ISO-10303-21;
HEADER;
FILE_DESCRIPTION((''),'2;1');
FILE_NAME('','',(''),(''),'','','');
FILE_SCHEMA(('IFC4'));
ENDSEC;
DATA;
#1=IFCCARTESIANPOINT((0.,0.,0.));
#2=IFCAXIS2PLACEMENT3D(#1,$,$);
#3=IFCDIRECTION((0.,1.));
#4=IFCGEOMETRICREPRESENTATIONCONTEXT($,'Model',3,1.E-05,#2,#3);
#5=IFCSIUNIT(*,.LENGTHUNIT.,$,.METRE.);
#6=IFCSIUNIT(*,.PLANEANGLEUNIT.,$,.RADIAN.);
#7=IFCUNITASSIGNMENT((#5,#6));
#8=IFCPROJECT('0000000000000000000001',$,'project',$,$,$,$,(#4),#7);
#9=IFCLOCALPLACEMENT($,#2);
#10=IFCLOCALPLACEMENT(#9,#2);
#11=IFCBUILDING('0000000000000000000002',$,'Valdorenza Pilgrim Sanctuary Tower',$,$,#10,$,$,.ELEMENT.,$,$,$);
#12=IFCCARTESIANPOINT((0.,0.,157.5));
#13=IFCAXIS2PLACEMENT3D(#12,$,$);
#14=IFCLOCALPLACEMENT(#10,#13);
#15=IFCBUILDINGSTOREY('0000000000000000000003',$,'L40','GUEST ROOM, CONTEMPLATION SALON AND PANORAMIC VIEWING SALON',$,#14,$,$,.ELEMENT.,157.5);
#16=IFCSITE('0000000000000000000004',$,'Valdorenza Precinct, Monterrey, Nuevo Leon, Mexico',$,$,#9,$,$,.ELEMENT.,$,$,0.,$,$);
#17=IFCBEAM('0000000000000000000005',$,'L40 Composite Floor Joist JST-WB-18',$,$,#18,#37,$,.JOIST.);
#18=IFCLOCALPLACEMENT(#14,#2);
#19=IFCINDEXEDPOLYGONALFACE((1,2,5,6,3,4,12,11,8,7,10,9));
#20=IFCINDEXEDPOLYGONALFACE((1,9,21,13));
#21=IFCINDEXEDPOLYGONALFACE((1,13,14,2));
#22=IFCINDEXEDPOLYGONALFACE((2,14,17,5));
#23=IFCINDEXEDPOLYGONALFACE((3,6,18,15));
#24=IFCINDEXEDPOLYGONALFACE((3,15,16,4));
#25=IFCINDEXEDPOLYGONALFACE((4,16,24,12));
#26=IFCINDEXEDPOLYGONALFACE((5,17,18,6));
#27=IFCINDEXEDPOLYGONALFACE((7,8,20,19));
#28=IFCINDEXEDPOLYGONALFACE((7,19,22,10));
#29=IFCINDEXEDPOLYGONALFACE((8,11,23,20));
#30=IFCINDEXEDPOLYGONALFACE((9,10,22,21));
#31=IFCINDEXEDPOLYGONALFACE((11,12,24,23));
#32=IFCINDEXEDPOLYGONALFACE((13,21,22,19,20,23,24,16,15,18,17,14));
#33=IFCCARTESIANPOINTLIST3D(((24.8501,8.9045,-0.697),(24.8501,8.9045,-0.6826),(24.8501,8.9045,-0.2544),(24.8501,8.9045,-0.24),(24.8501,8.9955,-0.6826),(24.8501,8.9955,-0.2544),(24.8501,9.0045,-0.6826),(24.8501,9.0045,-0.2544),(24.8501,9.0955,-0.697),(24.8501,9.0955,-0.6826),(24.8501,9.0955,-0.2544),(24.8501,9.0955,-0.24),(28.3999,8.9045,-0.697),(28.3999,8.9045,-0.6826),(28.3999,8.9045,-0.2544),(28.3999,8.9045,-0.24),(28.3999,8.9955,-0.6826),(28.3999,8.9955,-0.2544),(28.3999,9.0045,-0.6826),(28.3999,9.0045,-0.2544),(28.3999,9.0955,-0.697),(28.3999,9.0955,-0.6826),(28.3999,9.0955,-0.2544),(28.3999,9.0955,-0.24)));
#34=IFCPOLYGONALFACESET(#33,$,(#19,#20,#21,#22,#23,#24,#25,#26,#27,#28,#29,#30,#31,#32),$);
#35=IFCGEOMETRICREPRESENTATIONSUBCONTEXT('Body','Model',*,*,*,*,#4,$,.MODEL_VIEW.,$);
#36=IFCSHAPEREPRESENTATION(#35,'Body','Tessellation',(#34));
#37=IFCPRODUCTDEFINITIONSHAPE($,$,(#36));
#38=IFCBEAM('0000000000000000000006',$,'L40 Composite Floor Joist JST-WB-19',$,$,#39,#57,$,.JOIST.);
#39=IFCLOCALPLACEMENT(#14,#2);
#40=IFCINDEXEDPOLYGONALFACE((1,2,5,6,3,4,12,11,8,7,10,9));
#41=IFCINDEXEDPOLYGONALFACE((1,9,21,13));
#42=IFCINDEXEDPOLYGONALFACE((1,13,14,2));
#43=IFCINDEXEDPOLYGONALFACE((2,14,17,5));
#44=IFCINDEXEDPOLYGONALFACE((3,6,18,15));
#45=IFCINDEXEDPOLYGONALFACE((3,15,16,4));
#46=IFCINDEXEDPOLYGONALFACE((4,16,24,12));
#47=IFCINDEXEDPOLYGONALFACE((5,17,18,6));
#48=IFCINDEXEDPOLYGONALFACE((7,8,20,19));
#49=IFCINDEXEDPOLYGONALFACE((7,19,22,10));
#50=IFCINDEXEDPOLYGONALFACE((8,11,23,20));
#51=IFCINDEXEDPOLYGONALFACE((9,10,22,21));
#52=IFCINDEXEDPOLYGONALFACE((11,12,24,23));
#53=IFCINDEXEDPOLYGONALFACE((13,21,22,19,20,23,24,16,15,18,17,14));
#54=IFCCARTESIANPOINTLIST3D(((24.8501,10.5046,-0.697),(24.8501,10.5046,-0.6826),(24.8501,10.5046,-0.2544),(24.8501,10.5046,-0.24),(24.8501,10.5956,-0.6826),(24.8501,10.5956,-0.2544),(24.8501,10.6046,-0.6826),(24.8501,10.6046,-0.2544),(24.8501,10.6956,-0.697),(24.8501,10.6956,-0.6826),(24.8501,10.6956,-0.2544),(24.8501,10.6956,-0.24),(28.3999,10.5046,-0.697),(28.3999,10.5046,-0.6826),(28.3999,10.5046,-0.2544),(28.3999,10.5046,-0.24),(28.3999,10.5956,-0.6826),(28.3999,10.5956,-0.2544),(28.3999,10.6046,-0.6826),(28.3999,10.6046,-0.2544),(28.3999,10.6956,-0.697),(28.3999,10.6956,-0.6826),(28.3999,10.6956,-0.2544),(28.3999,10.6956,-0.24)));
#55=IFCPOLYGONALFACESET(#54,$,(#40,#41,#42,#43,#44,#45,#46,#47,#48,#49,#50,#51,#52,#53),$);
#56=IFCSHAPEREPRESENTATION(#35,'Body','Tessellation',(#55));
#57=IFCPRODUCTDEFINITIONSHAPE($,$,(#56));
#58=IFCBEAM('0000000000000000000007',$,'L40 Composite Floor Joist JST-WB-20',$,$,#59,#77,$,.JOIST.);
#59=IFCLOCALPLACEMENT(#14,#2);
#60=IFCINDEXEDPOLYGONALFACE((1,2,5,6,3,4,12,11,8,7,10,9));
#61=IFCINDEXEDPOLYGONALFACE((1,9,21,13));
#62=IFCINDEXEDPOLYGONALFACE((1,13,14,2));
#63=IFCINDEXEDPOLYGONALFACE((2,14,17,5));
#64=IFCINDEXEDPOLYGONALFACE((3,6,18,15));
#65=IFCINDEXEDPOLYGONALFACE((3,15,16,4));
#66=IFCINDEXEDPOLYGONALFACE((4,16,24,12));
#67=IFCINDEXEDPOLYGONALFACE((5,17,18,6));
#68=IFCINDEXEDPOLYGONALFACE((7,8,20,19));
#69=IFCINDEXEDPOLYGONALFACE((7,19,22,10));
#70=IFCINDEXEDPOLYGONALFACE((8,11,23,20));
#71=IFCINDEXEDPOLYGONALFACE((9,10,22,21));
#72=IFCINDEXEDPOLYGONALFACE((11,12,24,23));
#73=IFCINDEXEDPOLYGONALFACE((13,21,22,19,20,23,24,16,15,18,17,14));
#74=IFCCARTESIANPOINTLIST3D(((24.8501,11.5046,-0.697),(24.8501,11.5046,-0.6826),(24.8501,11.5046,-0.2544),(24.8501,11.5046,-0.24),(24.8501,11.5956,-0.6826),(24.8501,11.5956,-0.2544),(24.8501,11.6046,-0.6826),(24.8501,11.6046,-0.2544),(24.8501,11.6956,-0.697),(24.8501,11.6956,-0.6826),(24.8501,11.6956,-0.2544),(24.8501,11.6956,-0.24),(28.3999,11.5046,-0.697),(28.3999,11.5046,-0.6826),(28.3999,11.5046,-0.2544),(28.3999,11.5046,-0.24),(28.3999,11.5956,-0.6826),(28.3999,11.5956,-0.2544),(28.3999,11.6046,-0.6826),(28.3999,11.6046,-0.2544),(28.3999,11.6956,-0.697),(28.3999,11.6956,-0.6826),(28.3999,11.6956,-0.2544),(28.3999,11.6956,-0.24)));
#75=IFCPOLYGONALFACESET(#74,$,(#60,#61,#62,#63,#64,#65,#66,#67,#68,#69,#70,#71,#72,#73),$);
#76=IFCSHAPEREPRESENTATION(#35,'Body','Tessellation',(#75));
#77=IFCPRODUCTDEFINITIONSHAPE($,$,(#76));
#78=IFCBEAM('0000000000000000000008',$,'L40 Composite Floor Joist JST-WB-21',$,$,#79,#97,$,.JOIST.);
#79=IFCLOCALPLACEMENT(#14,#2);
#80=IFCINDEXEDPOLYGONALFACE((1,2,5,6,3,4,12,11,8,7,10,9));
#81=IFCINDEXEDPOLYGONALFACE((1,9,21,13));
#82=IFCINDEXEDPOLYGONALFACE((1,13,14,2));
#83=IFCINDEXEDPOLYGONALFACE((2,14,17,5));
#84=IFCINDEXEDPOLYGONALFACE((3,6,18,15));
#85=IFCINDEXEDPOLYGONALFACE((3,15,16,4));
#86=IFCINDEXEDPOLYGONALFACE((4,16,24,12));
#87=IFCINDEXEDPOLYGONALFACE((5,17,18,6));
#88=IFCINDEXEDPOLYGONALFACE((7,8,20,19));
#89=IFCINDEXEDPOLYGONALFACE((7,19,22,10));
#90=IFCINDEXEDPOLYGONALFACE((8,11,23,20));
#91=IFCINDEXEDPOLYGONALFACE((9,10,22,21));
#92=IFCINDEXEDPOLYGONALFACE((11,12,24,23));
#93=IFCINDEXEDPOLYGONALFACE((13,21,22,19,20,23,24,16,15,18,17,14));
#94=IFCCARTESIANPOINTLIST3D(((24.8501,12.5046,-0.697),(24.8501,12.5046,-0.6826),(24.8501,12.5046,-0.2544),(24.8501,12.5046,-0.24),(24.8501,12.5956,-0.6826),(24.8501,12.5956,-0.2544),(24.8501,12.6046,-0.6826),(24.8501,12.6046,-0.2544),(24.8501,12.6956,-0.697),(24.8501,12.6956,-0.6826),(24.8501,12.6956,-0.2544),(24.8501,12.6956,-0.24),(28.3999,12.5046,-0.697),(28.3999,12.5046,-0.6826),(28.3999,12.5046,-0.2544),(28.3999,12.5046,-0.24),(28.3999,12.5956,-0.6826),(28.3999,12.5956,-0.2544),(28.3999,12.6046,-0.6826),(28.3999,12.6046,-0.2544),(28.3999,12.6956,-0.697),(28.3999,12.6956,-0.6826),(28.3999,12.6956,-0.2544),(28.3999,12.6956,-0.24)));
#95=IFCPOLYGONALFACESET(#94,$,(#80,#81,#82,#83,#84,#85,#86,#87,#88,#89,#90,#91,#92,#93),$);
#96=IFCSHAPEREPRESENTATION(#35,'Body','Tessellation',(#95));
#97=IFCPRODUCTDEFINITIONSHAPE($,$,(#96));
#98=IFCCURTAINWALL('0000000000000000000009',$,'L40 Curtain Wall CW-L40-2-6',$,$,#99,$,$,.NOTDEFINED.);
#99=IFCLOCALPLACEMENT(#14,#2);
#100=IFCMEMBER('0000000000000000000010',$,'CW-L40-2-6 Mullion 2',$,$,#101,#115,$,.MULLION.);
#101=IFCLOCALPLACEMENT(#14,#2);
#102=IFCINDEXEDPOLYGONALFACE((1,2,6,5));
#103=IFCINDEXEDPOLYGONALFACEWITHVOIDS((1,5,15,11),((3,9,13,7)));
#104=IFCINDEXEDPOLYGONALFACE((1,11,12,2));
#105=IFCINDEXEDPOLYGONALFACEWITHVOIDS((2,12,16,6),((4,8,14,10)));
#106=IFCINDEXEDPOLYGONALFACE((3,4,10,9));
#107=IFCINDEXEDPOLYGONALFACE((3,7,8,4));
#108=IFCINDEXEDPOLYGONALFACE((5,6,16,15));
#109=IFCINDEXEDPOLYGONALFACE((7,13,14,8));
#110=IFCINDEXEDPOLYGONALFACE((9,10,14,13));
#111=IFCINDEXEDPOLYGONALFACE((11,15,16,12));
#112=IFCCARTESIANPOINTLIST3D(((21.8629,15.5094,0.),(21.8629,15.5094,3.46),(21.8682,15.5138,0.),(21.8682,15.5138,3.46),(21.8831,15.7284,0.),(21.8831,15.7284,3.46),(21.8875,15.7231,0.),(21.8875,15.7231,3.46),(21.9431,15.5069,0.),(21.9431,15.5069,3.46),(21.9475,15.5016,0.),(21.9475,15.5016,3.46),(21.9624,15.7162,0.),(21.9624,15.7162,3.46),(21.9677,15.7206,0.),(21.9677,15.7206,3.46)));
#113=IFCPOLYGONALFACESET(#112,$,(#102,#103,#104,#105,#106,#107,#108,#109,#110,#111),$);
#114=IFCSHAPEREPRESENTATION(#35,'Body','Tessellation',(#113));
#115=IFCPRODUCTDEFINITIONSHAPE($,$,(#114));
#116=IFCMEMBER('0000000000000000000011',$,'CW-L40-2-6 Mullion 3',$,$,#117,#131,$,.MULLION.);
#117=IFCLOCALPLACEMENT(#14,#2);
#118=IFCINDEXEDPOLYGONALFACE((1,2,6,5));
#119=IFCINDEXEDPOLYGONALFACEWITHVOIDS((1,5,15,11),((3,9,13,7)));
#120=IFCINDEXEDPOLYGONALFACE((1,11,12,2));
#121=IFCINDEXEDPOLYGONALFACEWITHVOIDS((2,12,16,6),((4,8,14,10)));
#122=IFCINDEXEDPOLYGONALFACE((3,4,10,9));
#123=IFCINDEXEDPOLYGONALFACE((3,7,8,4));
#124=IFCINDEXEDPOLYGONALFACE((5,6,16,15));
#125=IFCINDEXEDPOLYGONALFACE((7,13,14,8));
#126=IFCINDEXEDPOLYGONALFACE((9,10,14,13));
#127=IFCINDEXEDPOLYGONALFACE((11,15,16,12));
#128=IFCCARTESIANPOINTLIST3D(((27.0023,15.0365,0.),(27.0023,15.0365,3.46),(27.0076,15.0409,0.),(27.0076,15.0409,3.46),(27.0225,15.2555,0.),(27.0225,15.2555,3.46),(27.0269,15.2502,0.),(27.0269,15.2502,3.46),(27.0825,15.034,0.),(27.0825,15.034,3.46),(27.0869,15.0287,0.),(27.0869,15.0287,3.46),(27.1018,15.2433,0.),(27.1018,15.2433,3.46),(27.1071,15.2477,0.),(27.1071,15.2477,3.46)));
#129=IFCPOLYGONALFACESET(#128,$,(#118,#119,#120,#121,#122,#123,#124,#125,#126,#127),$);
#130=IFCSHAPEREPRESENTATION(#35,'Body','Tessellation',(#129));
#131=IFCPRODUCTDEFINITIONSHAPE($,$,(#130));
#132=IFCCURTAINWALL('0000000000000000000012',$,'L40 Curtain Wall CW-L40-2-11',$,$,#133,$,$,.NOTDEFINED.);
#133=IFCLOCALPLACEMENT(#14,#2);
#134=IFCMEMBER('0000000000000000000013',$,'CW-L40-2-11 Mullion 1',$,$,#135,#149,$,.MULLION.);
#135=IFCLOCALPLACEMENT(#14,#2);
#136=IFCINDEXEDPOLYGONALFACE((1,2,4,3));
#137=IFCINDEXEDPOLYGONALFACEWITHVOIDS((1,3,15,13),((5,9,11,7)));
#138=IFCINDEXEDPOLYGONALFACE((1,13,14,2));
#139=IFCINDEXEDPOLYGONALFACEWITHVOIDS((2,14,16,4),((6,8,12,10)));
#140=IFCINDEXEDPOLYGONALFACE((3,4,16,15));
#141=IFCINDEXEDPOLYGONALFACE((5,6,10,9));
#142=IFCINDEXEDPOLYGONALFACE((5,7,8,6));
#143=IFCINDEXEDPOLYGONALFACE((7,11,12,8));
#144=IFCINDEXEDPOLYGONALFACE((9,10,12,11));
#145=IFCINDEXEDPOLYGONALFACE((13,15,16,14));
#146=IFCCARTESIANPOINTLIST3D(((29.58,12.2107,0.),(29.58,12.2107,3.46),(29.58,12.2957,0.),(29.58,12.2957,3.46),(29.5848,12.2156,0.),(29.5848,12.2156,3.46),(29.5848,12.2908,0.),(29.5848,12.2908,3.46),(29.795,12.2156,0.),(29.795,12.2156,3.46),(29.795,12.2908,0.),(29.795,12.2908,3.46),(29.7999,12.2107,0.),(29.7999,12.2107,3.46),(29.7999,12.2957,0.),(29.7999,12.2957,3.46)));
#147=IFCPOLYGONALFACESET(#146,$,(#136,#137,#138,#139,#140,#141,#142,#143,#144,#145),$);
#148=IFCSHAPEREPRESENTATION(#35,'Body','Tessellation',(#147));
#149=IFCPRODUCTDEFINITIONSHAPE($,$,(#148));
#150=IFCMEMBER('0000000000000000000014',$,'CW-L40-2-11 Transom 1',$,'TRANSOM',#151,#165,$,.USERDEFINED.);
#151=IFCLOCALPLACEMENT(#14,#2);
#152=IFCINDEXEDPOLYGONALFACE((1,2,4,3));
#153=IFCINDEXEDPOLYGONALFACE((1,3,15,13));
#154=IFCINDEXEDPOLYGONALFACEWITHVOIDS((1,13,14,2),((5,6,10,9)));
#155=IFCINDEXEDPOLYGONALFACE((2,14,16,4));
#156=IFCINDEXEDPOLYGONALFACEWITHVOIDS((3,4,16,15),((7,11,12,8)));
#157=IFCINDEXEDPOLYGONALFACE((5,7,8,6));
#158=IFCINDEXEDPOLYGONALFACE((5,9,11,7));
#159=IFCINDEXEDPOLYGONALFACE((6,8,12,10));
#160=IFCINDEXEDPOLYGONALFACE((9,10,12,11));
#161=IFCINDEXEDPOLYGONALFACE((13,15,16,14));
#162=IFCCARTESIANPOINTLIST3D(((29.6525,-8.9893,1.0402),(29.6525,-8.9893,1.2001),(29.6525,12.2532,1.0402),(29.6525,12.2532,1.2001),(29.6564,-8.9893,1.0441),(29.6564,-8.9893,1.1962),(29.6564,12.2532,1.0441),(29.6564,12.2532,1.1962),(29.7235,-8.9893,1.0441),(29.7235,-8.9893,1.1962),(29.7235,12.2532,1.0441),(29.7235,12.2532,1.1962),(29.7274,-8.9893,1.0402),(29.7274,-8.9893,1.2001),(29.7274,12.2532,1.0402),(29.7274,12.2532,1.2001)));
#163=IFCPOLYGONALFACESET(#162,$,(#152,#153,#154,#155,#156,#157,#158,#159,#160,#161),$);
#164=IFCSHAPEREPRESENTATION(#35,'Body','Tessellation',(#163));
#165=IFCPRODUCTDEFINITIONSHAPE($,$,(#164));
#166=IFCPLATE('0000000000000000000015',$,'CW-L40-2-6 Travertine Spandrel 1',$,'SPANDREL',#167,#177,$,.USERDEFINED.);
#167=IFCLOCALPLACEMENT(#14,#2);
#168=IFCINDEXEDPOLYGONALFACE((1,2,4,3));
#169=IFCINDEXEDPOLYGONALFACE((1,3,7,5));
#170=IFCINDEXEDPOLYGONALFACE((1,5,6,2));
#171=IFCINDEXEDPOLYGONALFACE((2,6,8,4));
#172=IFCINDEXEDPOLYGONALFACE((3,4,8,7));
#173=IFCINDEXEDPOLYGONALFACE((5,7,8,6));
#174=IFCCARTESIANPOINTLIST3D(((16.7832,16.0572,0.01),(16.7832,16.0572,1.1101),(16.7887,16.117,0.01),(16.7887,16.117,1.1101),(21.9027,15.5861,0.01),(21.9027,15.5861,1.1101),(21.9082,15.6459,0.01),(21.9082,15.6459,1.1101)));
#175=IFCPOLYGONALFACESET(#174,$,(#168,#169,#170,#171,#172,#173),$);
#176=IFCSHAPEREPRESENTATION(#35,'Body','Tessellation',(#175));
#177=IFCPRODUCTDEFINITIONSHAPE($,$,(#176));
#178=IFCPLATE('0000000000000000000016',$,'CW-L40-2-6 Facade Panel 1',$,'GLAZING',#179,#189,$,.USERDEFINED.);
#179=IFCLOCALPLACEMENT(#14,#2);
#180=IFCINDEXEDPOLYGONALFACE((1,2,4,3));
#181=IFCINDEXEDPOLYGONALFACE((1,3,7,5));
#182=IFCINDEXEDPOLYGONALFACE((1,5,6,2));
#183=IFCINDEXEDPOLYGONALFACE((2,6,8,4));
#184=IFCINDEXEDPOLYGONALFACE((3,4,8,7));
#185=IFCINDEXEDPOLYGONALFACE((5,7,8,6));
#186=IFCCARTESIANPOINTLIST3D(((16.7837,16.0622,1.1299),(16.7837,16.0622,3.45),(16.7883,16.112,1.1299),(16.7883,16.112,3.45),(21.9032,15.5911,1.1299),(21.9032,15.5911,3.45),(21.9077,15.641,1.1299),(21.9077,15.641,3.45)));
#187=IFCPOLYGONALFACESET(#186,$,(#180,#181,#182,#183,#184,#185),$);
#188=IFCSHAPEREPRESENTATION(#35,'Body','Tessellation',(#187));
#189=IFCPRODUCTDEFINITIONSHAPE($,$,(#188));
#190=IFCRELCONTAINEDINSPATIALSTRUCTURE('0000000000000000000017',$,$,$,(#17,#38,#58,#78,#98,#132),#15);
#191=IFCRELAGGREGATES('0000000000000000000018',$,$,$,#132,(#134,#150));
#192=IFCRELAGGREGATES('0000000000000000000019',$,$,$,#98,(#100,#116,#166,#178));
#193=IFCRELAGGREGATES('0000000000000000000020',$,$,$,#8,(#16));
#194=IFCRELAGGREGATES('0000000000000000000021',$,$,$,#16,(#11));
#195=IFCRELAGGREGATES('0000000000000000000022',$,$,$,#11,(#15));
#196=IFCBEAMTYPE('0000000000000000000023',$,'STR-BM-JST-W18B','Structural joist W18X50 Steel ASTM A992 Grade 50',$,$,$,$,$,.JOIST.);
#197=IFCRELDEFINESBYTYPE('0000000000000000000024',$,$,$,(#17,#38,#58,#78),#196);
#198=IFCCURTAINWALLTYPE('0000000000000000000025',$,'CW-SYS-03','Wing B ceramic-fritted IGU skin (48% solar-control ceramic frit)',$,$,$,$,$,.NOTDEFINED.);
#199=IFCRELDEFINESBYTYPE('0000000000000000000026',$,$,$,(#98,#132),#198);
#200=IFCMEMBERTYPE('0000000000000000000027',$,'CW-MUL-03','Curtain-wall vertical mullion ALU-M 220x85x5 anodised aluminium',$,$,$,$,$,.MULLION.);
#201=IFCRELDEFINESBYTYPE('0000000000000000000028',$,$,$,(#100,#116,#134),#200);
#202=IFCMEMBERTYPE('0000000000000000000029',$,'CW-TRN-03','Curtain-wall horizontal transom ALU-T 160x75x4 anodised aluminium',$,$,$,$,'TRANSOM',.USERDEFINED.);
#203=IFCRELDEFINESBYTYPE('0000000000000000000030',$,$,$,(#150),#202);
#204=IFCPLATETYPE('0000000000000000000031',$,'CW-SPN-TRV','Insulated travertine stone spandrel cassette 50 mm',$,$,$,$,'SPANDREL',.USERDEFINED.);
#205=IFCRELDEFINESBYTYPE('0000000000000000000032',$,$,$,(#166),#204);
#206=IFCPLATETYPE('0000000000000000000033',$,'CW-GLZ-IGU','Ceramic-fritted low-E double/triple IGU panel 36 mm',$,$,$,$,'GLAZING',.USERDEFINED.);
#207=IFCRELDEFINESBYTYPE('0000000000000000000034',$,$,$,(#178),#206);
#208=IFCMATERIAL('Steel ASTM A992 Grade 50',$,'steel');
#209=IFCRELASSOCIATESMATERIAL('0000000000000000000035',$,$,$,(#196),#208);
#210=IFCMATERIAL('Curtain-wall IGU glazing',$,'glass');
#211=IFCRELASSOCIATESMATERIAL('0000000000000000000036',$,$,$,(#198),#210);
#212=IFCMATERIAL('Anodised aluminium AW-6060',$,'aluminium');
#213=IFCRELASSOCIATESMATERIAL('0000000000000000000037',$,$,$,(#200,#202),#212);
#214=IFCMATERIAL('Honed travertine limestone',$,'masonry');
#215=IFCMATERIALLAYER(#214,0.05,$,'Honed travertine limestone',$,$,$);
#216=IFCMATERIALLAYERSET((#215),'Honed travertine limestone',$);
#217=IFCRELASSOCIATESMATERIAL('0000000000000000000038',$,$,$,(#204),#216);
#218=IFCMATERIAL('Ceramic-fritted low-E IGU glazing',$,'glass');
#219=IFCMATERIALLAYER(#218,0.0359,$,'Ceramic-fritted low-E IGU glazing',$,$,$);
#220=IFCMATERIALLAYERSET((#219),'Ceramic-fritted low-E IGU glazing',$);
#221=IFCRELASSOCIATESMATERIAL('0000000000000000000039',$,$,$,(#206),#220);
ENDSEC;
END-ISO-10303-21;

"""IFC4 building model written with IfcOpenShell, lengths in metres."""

from ifc_helpers import new_model, si_unit, direction, frame, origin, origin_2d, place, context, subcontext, project, spatial, rectangle, hollow_rectangle, i_section, extrude, source, transform, mapped, material, layer, layer_set, material_profile, profile_set, type_object, element, aggregate, save


model = new_model("IFC4")

# Units and contexts
model_context = context("Model", 3, precision=1e-05, world=origin(), true_north=direction((0.0, 1.0)))
body_context = subcontext(model_context, "Body", "Model", "MODEL_VIEW")
ifc_project = project(units=[si_unit("LENGTHUNIT", "METRE"), si_unit("PLANEANGLEUNIT", "RADIAN")], contexts=[model_context])

# Site, building, storey
site_placement = place(None, origin())
site = spatial("IfcSite", under=ifc_project, at=site_placement, Name="Valdorenza Precinct, Monterrey, Nuevo Leon, Mexico", CompositionType="ELEMENT", RefElevation=0.0)
building_placement = place(site_placement, origin())
building = spatial("IfcBuilding", under=site, at=building_placement, Name="Valdorenza Pilgrim Sanctuary Tower", CompositionType="ELEMENT")
storey_placement = place(building_placement, frame((0.0, 0.0, 157.5)))
storey = spatial("IfcBuildingStorey", under=building, at=storey_placement, Name="L40", Description="GUEST ROOM, CONTEMPLATION SALON AND PANORAMIC VIEWING SALON", CompositionType="ELEMENT", Elevation=157.5)

# Shared definitions
ifc_material_1 = material(Name="Steel ASTM A992 Grade 50", Category="steel")

# Beams
ifc_material_profile_1 = material_profile(ifc_material_1, i_section(OverallWidth=0.1909, OverallDepth=0.457, WebThickness=0.009, FlangeThickness=0.0144, at=origin_2d()), Name="W18X50")
ifc_profile_set_1 = profile_set([ifc_material_profile_1], Name="Steel ASTM A992 Grade 50")
beam_type_1 = type_object("IfcBeamType", Name="STR-BM-JST-W18B", Description="Structural joist W18X50 Steel ASTM A992 Grade 50", PredefinedType="JOIST", material=ifc_profile_set_1)
shared_shape_1 = source(origin(), body_context, "Body", "SweptSolid", [
    extrude(i_section(OverallWidth=0.1909, OverallDepth=0.457, WebThickness=0.009, FlangeThickness=0.0144, at=origin_2d()), origin(), (0.0, 0.0, 1.0), 3.5498),
])
for number, where, z_axis, x_axis, name in (
    (1, (24.8501, 9.0, -0.4685), (1.0, 0.0, 0.0), (0.0, 1.0, 0.0), "L40 Composite Floor Joist JST-WB-18"),
    (2, (24.8501, 10.6001, -0.4685), (1.0, 0.0, 0.0), (0.0, 1.0, 0.0), "L40 Composite Floor Joist JST-WB-19"),
    (3, (24.8501, 11.6001, -0.4685), (1.0, 0.0, 0.0), (0.0, 1.0, 0.0), "L40 Composite Floor Joist JST-WB-20"),
    (4, (24.8501, 12.6001, -0.4685), (1.0, 0.0, 0.0), (0.0, 1.0, 0.0), "L40 Composite Floor Joist JST-WB-21"),
):
    element("IfcBeam", number, at=place(storey_placement, frame(where, z_axis=z_axis, x_axis=x_axis)), inside=storey, type_object=beam_type_1, Name=name, PredefinedType="JOIST", context=body_context, shape_type="MappedRepresentation", body=[
        mapped(shared_shape_1, transform((0.0, 0.0, 0.0), x_axis=(1.0, 0.0, 0.0), y_axis=(0.0, 1.0, 0.0), z_axis=(0.0, 0.0, 1.0), scale=1.0)),
    ])

# Curtain walls, members
ifc_material_2 = material(Name="Curtain-wall IGU glazing", Category="glass")
curtain_wall_type = type_object("IfcCurtainWallType", Name="CW-SYS-03", Description="Wing B ceramic-fritted IGU skin (48% solar-control ceramic frit)", PredefinedType="NOTDEFINED", material=ifc_material_2)
curtain_wall_1_placement = place(storey_placement, origin())
curtain_wall_1 = element("IfcCurtainWall", 5, at=curtain_wall_1_placement, inside=storey, type_object=curtain_wall_type, Name="L40 Curtain Wall CW-L40-2-6", PredefinedType="NOTDEFINED")
ifc_material_3 = material(Name="Anodised aluminium AW-6060", Category="aluminium")
ifc_material_profile_2 = material_profile(ifc_material_3, hollow_rectangle(XDim=0.085, YDim=0.22, WallThickness=0.0049, at=origin_2d()), Name="ALU-M 220x85x5")
ifc_profile_set_2 = profile_set([ifc_material_profile_2], Name="Anodised aluminium AW-6060")
member_type_1 = type_object("IfcMemberType", Name="CW-MUL-03", Description="Curtain-wall vertical mullion ALU-M 220x85x5 anodised aluminium", PredefinedType="MULLION", material=ifc_profile_set_2)
shared_shape_2 = source(origin(), body_context, "Body", "SweptSolid", [
    extrude(hollow_rectangle(XDim=0.085, YDim=0.22, WallThickness=0.0049, at=origin_2d()), origin(), (0.0, 0.0, 1.0), 3.46),
])
member_1_placement = place(storey_placement, frame((21.9153, 15.615, 0.0), z_axis=(0.0, 0.0, 1.0), x_axis=(0.995794, -0.091623, 0.0)))
member_1 = element("IfcMember", 6, at=member_1_placement, type_object=member_type_1, Name="CW-L40-2-6 Mullion 2", PredefinedType="MULLION", context=body_context, shape_type="MappedRepresentation", body=[
    mapped(shared_shape_2, transform((0.0, 0.0, 0.0), x_axis=(1.0, 0.0, 0.0), y_axis=(0.0, 1.0, 0.0), z_axis=(0.0, 0.0, 1.0), scale=1.0)),
])
member_2_placement = place(storey_placement, frame((27.0547, 15.1421, 0.0), z_axis=(0.0, 0.0, 1.0), x_axis=(0.995794, -0.091623, 0.0)))
member_2 = element("IfcMember", 7, at=member_2_placement, type_object=member_type_1, Name="CW-L40-2-6 Mullion 3", PredefinedType="MULLION", context=body_context, shape_type="MappedRepresentation", body=[
    mapped(shared_shape_2, transform((0.0, 0.0, 0.0), x_axis=(1.0, 0.0, 0.0), y_axis=(0.0, 1.0, 0.0), z_axis=(0.0, 0.0, 1.0), scale=1.0)),
])
curtain_wall_2_placement = place(storey_placement, origin())
curtain_wall_2 = element("IfcCurtainWall", 8, at=curtain_wall_2_placement, inside=storey, type_object=curtain_wall_type, Name="L40 Curtain Wall CW-L40-2-11", PredefinedType="NOTDEFINED")
member_3_placement = place(storey_placement, frame((29.6899, 12.2532, 0.0), z_axis=(0.0, 0.0, 1.0), x_axis=(0.0, -1.0, 0.0)))
member_3 = element("IfcMember", 9, at=member_3_placement, type_object=member_type_1, Name="CW-L40-2-11 Mullion 1", PredefinedType="MULLION", context=body_context, shape_type="MappedRepresentation", body=[
    mapped(shared_shape_2, transform((0.0, 0.0, 0.0), x_axis=(1.0, 0.0, 0.0), y_axis=(0.0, 1.0, 0.0), z_axis=(0.0, 0.0, 1.0), scale=1.0)),
])
ifc_material_profile_3 = material_profile(ifc_material_3, hollow_rectangle(XDim=0.075, YDim=0.1599, WallThickness=0.0039, at=origin_2d()), Name="ALU-T 160x75x4")
ifc_profile_set_3 = profile_set([ifc_material_profile_3], Name="Anodised aluminium AW-6060")
member_type_2 = type_object("IfcMemberType", Name="CW-TRN-03", Description="Curtain-wall horizontal transom ALU-T 160x75x4 anodised aluminium", ElementType="TRANSOM", PredefinedType="USERDEFINED", material=ifc_profile_set_3)
shared_shape_3 = source(origin(), body_context, "Body", "SweptSolid", [
    extrude(hollow_rectangle(XDim=0.075, YDim=0.1599, WallThickness=0.0039, at=origin_2d()), origin(), (0.0, 0.0, 1.0), 21.2424),
])
member_4_placement = place(storey_placement, frame((29.6899, 12.2532, 1.1201), z_axis=(0.0, -1.0, 0.0), x_axis=(1.0, 0.0, 0.0)))
member_4 = element("IfcMember", 10, at=member_4_placement, type_object=member_type_2, Name="CW-L40-2-11 Transom 1", ObjectType="TRANSOM", PredefinedType="USERDEFINED", context=body_context, shape_type="MappedRepresentation", body=[
    mapped(shared_shape_3, transform((0.0, 0.0, 0.0), x_axis=(1.0, 0.0, 0.0), y_axis=(0.0, 1.0, 0.0), z_axis=(0.0, 0.0, 1.0), scale=1.0)),
])
aggregate(curtain_wall_2, [member_3, member_4])

# Plates
ifc_material_4 = material(Name="Honed travertine limestone", Category="masonry")
ifc_layer_1 = layer(ifc_material_4, 0.05, Name="Honed travertine limestone")
ifc_layer_set_1 = layer_set([ifc_layer_1], Name="Honed travertine limestone")
plate_type_1 = type_object("IfcPlateType", Name="CW-SPN-TRV", Description="Insulated travertine stone spandrel cassette 50 mm", ElementType="SPANDREL", PredefinedType="USERDEFINED", material=ifc_layer_set_1)
shared_shape_4 = source(origin(), body_context, "Body", "SweptSolid", [
    extrude(rectangle(XDim=5.1411, YDim=0.0601, at=origin_2d()), origin(), (0.0, 0.0, 1.0), 1.1001),
])
plate_1_placement = place(storey_placement, frame((19.3457, 15.8516, 0.01), z_axis=(0.0, 0.0, 1.0), x_axis=(0.995794, -0.091623, 0.0)))
plate_1 = element("IfcPlate", 11, at=plate_1_placement, type_object=plate_type_1, Name="CW-L40-2-6 Travertine Spandrel 1", ObjectType="SPANDREL", PredefinedType="USERDEFINED", context=body_context, shape_type="MappedRepresentation", body=[
    mapped(shared_shape_4, transform((0.0, 0.0, 0.0), x_axis=(1.0, 0.0, 0.0), y_axis=(0.0, 1.0, 0.0), z_axis=(0.0, 0.0, 1.0), scale=1.0)),
])
ifc_material_5 = material(Name="Ceramic-fritted low-E IGU glazing", Category="glass")
ifc_layer_2 = layer(ifc_material_5, 0.0359, Name="Ceramic-fritted low-E IGU glazing")
ifc_layer_set_2 = layer_set([ifc_layer_2], Name="Ceramic-fritted low-E IGU glazing")
plate_type_2 = type_object("IfcPlateType", Name="CW-GLZ-IGU", Description="Ceramic-fritted low-E double/triple IGU panel 36 mm", ElementType="GLAZING", PredefinedType="USERDEFINED", material=ifc_layer_set_2)
shared_shape_5 = source(origin(), body_context, "Body", "SweptSolid", [
    extrude(rectangle(XDim=5.1411, YDim=0.05, at=origin_2d()), origin(), (0.0, 0.0, 1.0), 2.3201),
])
plate_2_placement = place(storey_placement, frame((19.3457, 15.8516, 1.1299), z_axis=(0.0, 0.0, 1.0), x_axis=(0.995794, -0.091623, 0.0)))
plate_2 = element("IfcPlate", 12, at=plate_2_placement, type_object=plate_type_2, Name="CW-L40-2-6 Facade Panel 1", ObjectType="GLAZING", PredefinedType="USERDEFINED", context=body_context, shape_type="MappedRepresentation", body=[
    mapped(shared_shape_5, transform((0.0, 0.0, 0.0), x_axis=(1.0, 0.0, 0.0), y_axis=(0.0, 1.0, 0.0), z_axis=(0.0, 0.0, 1.0), scale=1.0)),
])
aggregate(curtain_wall_1, [member_1, member_2, plate_1, plate_2])

save(model, "model.ifc")
